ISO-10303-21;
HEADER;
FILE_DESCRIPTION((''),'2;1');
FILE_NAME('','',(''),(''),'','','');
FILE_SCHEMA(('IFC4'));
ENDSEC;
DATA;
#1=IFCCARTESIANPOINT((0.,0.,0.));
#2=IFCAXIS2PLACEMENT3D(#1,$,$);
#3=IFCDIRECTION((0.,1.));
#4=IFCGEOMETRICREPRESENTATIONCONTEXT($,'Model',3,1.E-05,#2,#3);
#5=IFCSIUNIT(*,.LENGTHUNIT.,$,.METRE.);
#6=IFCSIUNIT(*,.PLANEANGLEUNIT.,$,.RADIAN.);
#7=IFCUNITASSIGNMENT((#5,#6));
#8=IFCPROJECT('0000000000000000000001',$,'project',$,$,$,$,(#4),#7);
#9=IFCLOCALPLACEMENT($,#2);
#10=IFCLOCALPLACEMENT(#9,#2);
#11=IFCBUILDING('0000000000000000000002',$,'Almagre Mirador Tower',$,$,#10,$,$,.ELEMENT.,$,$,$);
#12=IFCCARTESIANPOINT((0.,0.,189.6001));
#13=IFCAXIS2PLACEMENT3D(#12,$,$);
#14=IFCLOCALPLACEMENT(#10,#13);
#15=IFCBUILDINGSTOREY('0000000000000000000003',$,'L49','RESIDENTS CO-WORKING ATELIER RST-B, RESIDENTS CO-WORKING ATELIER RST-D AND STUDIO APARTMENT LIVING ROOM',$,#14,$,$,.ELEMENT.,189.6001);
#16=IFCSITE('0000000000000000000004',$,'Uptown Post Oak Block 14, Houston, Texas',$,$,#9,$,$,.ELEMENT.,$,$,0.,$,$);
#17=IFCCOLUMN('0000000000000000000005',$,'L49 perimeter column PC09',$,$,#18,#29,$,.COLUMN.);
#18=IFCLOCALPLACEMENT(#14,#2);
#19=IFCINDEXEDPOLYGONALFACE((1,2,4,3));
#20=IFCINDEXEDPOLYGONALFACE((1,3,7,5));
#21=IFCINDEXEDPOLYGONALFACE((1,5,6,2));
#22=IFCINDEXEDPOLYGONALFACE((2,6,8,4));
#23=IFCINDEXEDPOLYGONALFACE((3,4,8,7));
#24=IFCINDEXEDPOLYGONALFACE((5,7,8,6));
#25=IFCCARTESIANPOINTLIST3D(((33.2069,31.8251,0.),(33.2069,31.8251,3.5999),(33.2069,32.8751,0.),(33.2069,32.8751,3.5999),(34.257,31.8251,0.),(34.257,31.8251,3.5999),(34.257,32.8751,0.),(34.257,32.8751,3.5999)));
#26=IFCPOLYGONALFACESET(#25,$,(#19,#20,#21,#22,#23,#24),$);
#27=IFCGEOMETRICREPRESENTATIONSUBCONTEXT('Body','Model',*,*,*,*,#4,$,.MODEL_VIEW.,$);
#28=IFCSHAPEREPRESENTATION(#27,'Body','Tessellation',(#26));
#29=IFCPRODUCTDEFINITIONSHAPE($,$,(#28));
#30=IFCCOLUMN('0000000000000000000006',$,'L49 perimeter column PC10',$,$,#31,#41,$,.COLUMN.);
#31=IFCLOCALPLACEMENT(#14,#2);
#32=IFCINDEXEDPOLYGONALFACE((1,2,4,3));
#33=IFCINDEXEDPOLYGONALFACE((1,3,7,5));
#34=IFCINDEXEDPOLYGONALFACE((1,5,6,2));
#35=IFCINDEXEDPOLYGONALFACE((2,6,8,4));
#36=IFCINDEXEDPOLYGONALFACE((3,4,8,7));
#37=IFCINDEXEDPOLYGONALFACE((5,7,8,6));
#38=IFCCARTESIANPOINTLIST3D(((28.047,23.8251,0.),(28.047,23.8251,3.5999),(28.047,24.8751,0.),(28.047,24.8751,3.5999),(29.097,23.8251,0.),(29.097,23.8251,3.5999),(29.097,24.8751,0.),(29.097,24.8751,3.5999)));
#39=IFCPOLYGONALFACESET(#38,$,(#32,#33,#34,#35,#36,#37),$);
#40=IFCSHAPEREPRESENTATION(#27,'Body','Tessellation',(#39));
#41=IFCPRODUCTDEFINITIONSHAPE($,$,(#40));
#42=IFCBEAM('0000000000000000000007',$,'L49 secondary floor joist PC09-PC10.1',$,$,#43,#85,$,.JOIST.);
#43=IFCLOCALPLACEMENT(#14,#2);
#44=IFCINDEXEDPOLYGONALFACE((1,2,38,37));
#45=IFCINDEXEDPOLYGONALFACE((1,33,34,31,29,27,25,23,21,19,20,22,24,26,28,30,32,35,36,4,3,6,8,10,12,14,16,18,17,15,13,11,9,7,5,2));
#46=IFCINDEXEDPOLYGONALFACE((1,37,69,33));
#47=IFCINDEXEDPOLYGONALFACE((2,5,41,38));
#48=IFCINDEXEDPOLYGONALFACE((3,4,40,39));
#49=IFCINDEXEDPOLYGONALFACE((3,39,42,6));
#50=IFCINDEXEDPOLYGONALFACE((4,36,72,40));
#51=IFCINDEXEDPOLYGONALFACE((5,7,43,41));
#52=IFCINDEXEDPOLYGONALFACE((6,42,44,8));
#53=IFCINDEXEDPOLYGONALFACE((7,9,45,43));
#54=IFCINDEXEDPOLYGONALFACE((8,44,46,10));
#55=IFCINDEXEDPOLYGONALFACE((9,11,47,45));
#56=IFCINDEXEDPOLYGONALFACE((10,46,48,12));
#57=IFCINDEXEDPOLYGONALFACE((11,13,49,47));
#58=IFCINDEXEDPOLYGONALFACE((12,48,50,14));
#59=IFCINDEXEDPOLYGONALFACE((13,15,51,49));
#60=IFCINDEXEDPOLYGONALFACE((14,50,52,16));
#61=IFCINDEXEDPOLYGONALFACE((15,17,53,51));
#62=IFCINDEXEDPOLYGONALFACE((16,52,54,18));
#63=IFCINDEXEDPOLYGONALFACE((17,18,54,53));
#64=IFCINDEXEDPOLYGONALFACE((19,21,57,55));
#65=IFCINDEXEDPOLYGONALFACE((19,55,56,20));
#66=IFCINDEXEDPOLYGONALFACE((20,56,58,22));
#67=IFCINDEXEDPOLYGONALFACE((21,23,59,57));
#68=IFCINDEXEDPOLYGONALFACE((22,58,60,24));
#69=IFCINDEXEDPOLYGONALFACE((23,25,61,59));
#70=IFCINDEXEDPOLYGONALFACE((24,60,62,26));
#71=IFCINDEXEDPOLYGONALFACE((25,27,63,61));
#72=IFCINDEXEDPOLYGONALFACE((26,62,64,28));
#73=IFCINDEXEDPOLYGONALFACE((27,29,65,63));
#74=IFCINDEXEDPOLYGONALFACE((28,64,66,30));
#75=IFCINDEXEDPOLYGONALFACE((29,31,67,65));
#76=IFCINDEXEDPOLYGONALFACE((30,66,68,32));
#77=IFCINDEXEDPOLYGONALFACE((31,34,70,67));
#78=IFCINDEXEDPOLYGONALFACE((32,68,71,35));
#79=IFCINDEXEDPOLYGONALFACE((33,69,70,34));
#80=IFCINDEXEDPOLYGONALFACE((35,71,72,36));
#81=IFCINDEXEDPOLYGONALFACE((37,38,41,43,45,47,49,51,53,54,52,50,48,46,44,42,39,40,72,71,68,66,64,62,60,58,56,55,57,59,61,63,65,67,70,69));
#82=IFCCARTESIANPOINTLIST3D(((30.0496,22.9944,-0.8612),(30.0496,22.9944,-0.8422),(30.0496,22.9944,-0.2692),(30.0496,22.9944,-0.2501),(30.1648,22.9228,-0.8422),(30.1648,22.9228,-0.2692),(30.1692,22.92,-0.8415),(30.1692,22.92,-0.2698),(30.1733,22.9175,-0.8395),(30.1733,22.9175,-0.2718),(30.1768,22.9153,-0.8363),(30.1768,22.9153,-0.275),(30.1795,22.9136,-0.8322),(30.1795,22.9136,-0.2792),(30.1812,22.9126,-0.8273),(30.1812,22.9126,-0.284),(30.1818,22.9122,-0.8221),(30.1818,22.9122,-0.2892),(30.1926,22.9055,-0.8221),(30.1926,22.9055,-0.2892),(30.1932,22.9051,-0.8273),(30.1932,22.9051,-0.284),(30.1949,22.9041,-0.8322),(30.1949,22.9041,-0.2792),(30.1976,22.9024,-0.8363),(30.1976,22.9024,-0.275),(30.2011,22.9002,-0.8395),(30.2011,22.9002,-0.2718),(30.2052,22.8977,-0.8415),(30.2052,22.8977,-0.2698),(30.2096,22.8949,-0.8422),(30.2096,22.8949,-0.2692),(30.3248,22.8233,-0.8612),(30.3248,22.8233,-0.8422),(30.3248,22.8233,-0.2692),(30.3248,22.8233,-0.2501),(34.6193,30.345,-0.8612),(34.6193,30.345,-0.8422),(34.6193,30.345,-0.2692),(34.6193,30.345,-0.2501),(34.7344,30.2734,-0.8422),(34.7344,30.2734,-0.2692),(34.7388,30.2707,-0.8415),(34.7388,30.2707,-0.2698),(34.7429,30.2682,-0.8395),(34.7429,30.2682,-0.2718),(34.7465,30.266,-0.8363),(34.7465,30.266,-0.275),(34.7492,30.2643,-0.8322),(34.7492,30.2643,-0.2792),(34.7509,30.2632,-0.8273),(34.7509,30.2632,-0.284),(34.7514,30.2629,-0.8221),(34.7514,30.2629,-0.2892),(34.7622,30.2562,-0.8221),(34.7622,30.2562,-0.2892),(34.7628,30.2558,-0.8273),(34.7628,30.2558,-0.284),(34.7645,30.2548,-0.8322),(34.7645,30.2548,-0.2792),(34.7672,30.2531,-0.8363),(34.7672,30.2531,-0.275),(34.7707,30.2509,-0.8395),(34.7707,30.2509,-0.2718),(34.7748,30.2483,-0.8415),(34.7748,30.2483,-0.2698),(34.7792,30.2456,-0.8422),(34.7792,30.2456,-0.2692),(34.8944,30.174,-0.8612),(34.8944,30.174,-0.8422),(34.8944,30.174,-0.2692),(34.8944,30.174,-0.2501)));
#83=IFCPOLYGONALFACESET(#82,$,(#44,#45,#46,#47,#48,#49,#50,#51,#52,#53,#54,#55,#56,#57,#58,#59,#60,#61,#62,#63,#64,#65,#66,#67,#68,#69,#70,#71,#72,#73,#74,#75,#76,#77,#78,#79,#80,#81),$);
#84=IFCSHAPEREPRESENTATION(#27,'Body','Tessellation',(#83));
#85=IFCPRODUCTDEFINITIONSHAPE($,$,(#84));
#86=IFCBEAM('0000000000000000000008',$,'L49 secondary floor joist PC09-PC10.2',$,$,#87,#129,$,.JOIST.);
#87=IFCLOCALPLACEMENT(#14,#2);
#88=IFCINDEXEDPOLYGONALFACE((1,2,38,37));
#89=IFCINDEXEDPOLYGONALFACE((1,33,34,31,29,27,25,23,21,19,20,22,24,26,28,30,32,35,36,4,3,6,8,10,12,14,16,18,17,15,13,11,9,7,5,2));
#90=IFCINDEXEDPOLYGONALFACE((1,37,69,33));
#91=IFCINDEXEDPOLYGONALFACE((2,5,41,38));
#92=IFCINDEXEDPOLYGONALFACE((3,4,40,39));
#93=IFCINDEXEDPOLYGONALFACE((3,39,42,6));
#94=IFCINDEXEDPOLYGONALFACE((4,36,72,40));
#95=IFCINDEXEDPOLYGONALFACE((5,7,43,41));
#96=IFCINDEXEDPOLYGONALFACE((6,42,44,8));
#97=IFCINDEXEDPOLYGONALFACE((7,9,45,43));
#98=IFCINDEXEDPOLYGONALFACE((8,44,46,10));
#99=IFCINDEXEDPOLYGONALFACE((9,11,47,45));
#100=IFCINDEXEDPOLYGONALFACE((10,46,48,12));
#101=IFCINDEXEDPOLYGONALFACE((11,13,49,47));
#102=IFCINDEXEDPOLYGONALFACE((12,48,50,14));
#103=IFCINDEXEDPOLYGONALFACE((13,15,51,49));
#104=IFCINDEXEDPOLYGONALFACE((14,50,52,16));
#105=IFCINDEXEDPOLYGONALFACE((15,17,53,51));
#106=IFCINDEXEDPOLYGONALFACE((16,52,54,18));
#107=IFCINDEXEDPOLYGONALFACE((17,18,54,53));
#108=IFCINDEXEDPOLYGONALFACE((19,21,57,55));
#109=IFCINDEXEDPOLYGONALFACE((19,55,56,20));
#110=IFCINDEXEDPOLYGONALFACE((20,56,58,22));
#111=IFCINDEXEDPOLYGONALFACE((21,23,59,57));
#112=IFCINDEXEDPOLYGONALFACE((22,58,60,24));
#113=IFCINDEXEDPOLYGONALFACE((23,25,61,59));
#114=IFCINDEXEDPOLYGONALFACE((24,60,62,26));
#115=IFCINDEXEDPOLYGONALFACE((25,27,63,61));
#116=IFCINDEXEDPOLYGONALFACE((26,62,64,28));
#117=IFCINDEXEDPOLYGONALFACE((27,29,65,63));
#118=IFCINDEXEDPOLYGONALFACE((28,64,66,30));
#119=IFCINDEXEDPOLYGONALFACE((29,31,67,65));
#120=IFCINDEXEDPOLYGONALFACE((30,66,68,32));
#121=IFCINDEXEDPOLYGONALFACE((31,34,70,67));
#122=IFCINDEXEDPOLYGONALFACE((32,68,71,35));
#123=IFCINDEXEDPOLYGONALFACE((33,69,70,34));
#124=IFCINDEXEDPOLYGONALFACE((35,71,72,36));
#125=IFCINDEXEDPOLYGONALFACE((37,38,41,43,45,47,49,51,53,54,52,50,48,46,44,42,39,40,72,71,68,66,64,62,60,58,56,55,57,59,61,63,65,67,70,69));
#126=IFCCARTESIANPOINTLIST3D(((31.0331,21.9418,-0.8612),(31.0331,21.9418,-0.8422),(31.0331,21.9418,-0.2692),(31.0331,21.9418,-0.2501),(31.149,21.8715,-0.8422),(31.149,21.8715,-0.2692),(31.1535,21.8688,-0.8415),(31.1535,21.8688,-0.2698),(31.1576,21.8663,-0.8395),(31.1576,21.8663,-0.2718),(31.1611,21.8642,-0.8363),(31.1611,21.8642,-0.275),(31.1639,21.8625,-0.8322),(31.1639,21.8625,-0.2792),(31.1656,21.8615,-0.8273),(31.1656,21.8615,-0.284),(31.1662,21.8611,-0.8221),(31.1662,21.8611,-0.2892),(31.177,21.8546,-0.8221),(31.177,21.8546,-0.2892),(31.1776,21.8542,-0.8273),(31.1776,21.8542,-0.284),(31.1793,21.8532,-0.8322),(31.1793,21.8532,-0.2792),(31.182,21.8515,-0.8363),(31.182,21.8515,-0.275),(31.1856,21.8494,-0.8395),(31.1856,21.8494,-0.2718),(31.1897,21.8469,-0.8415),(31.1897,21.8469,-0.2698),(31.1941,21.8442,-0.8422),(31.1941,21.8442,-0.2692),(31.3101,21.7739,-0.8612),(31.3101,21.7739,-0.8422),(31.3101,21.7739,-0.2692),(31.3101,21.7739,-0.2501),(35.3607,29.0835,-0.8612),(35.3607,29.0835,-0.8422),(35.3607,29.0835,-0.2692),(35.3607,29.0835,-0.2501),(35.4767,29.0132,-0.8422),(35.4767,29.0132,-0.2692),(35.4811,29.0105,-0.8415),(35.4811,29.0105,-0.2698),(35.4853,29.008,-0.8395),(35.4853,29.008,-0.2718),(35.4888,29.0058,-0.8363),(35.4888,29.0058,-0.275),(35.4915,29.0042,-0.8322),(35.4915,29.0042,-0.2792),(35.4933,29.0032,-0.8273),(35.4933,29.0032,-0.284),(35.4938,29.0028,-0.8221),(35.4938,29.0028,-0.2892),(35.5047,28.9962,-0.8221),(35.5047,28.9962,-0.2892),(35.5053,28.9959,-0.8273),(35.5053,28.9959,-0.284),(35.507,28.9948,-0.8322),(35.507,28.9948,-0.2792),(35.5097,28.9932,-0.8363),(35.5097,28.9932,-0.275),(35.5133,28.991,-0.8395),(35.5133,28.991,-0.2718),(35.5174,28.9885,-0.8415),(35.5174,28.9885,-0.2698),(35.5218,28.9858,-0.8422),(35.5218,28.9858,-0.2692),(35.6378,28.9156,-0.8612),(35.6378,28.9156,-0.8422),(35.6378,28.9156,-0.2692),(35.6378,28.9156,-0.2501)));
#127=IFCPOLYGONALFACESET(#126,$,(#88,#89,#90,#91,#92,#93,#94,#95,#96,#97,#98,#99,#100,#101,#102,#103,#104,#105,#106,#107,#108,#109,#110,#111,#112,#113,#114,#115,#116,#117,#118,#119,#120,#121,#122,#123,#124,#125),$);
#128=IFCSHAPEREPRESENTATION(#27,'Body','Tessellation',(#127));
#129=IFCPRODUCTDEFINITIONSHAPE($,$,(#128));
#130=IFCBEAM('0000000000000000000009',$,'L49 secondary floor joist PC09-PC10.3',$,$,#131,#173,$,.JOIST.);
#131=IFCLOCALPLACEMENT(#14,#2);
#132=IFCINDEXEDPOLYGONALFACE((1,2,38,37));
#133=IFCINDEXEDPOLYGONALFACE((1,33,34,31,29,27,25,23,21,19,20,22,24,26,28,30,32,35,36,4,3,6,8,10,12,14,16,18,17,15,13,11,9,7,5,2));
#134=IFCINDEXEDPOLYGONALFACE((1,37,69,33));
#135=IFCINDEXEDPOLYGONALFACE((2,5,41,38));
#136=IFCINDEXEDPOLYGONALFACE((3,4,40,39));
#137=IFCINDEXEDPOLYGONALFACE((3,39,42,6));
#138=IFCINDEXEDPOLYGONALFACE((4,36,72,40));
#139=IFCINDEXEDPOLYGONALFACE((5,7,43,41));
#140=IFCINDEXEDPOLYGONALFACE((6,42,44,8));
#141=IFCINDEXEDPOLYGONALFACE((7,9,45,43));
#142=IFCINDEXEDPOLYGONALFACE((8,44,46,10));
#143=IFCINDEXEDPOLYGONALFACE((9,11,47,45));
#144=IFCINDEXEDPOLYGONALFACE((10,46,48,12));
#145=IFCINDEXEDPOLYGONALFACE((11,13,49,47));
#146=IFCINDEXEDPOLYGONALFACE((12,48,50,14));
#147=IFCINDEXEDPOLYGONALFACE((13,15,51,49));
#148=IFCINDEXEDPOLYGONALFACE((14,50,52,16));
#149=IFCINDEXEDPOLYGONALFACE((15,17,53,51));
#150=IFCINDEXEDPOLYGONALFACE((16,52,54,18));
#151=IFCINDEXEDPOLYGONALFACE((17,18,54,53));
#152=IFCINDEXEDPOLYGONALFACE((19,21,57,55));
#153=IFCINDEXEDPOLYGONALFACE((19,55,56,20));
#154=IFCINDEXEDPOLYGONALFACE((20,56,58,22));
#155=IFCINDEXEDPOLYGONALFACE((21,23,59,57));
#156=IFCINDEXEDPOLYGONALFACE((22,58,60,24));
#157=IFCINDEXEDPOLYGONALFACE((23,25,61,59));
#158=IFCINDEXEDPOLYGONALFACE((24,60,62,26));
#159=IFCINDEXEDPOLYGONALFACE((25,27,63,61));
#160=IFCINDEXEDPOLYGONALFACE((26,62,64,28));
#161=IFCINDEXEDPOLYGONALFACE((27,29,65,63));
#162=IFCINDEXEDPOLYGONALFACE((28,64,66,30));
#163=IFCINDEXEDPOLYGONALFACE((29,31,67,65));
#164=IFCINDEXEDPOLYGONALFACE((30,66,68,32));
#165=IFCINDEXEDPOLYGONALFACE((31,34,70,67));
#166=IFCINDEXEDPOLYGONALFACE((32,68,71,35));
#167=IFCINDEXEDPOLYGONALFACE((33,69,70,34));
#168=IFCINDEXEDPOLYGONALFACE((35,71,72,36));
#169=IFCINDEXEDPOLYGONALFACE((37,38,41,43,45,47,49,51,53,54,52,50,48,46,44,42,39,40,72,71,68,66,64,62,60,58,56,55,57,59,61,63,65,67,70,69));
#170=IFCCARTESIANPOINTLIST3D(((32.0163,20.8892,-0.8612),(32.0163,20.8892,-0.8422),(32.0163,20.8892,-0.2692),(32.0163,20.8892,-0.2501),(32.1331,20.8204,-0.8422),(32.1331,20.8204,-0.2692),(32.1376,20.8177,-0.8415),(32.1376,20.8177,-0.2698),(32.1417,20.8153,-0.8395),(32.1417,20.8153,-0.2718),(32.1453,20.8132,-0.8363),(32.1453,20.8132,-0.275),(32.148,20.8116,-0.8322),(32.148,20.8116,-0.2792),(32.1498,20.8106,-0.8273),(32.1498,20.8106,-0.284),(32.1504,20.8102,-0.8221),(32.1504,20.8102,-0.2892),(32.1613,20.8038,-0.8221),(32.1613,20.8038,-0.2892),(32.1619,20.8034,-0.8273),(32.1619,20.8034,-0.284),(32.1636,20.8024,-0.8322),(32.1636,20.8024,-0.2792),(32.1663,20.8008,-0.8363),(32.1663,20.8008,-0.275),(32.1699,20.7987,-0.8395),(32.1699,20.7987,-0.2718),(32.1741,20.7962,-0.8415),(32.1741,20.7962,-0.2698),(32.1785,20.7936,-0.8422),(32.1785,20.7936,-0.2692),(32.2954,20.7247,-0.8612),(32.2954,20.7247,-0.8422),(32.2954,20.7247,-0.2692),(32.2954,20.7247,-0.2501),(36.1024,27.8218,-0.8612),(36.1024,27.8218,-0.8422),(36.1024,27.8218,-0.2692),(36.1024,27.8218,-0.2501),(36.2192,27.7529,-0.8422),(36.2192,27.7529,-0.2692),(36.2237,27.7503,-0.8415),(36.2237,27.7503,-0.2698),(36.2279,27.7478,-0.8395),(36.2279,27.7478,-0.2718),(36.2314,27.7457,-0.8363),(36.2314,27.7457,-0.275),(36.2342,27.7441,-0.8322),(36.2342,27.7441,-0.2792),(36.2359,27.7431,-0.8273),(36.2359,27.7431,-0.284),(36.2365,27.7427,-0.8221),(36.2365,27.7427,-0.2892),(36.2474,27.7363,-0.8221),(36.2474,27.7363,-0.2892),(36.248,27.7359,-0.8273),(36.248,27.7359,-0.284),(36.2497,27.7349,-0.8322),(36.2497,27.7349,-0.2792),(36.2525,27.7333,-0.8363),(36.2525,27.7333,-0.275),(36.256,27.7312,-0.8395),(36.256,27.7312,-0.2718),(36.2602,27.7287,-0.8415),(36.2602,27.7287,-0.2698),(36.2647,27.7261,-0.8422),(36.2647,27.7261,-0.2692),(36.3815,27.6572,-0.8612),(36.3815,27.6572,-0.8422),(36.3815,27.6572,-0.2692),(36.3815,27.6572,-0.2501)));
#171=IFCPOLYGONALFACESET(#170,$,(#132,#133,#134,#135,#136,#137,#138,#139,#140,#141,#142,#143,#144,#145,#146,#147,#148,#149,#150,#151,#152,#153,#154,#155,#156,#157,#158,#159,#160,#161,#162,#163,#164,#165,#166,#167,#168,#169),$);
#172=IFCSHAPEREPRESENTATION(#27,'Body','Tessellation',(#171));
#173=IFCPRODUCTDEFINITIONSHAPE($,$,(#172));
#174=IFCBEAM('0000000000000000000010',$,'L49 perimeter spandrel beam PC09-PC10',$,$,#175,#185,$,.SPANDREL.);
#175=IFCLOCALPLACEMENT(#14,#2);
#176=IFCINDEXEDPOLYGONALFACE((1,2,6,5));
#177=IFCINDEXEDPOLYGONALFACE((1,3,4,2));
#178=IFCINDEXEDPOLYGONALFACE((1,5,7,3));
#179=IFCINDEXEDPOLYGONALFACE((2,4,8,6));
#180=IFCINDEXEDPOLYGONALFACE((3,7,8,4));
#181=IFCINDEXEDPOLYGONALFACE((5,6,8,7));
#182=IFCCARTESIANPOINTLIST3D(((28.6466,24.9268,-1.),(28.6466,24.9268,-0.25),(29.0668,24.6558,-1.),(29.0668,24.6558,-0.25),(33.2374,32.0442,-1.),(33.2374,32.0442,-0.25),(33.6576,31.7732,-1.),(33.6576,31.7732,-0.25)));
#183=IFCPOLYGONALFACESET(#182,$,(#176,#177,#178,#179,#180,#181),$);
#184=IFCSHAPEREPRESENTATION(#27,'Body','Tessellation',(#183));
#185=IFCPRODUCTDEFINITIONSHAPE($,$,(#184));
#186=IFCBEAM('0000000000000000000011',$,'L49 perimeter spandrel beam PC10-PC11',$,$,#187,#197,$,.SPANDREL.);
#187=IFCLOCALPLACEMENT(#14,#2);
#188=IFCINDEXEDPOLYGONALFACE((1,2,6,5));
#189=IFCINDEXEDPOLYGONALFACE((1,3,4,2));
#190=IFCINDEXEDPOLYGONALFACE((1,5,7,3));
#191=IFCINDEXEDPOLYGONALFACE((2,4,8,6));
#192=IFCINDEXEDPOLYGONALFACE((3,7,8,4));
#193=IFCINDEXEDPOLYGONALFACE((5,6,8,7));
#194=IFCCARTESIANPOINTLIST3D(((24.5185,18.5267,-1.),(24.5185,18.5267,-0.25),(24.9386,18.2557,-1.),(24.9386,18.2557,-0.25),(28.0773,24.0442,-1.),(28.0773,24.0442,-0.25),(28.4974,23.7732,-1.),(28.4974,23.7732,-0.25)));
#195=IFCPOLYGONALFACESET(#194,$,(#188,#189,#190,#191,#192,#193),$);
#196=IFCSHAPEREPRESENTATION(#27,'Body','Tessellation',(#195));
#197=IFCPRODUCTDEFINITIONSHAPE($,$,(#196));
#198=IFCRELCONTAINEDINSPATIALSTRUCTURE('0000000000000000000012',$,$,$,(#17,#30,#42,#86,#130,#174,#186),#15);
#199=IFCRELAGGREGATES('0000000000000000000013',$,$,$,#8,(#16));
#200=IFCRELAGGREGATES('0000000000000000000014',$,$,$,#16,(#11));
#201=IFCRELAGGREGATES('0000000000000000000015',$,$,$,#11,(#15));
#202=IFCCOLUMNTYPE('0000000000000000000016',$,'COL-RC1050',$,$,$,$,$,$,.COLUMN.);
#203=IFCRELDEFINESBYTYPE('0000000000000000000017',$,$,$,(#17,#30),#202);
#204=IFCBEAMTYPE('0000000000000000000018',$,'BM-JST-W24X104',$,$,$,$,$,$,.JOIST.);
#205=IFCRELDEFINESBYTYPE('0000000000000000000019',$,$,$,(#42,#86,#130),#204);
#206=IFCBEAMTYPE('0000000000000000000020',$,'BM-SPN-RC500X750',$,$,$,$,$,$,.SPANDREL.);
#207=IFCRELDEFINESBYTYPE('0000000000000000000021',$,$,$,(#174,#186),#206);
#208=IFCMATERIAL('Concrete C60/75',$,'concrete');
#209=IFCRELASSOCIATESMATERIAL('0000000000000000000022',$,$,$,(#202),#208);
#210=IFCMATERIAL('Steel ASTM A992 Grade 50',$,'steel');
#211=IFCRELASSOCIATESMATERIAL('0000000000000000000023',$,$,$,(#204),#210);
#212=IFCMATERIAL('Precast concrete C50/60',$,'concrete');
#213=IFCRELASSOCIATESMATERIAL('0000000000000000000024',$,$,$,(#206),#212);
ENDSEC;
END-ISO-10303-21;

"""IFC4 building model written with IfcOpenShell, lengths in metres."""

from ifc_helpers import new_model, si_unit, direction, frame, origin, origin_2d, place, context, subcontext, project, spatial, rectangle, i_section, extrude, material, material_profile, profile_set, type_object, element, save


model = new_model("IFC4")

# Units and contexts
model_context = context("Model", 3, precision=1e-05, world=origin(), true_north=direction((0.0, 1.0)))
body_context = subcontext(model_context, "Body", "Model", "MODEL_VIEW")
ifc_project = project(units=[si_unit("LENGTHUNIT", "METRE"), si_unit("PLANEANGLEUNIT", "RADIAN")], contexts=[model_context])

# Site, building, storey
site_placement = place(None, origin())
site = spatial("IfcSite", under=ifc_project, at=site_placement, Name="Uptown Post Oak Block 14, Houston, Texas", CompositionType="ELEMENT", RefElevation=0.0)
building_placement = place(site_placement, origin())
building = spatial("IfcBuilding", under=site, at=building_placement, Name="Almagre Mirador Tower", CompositionType="ELEMENT")
storey_placement = place(building_placement, frame((0.0, 0.0, 189.6001)))
storey = spatial("IfcBuildingStorey", under=building, at=storey_placement, Name="L49", Description="RESIDENTS CO-WORKING ATELIER RST-B, RESIDENTS CO-WORKING ATELIER RST-D AND STUDIO APARTMENT LIVING ROOM", CompositionType="ELEMENT", Elevation=189.6001)

# Columns
ifc_material_1 = material(Name="Concrete C60/75", Category="concrete")
ifc_material_profile_1 = material_profile(ifc_material_1, rectangle(XDim=1.05, YDim=1.05, at=origin_2d()), Name="RC1050X1050")
ifc_profile_set_1 = profile_set([ifc_material_profile_1], Name="Concrete C60/75")
column_type = type_object("IfcColumnType", Name="COL-RC1050", PredefinedType="COLUMN", material=ifc_profile_set_1)
for number, where, z_axis, x_axis, name in (
    (1, (33.7319, 32.3501, 0.0), (0.0, 0.0, 1.0), (1.0, 0.0, 0.0), "L49 perimeter column PC09"),
    (2, (28.572, 24.3501, 0.0), (0.0, 0.0, 1.0), (1.0, 0.0, 0.0), "L49 perimeter column PC10"),
):
    element("IfcColumn", number, at=place(storey_placement, frame(where, z_axis=z_axis, x_axis=x_axis)), inside=storey, type_object=column_type, Name=name, PredefinedType="COLUMN", context=body_context, shape_type="SweptSolid", body=[
        extrude(rectangle(XDim=1.05, YDim=1.05, at=origin_2d()), origin(), (0.0, 0.0, 1.0), 3.5999),
    ])

# Beams
ifc_material_2 = material(Name="Steel ASTM A992 Grade 50", Category="steel")
ifc_material_profile_2 = material_profile(ifc_material_2, i_section(OverallWidth=0.324, OverallDepth=0.6111, WebThickness=0.0127, FlangeThickness=0.019, FilletRadius=0.02, at=origin_2d()), Name="W24X104")
ifc_profile_set_2 = profile_set([ifc_material_profile_2], Name="Steel ASTM A992 Grade 50")
beam_type_1 = type_object("IfcBeamType", Name="BM-JST-W24X104", PredefinedType="JOIST", material=ifc_profile_set_2)
beam_1_placement = place(storey_placement, frame((34.7568, 30.2595, -0.5557), z_axis=(-0.527959, -0.84927, 0.0), x_axis=(0.84927, -0.527959, 0.0)))
element("IfcBeam", 3, at=beam_1_placement, inside=storey, type_object=beam_type_1, Name="L49 secondary floor joist PC09-PC10.1", PredefinedType="JOIST", context=body_context, shape_type="SweptSolid", body=[
    extrude(i_section(OverallWidth=0.324, OverallDepth=0.6111, WebThickness=0.0127, FlangeThickness=0.019, FilletRadius=0.02, at=origin_2d()), origin(), (0.0, 0.0, 1.0), 8.6553),
])
beam_2_placement = place(storey_placement, frame((35.4993, 28.9995, -0.5557), z_axis=(-0.518249, -0.85523, 0.0), x_axis=(0.85523, -0.518249, 0.0)))
element("IfcBeam", 4, at=beam_2_placement, inside=storey, type_object=beam_type_1, Name="L49 secondary floor joist PC09-PC10.2", PredefinedType="JOIST", context=body_context, shape_type="SweptSolid", body=[
    extrude(i_section(OverallWidth=0.324, OverallDepth=0.6111, WebThickness=0.0127, FlangeThickness=0.019, FilletRadius=0.02, at=origin_2d()), origin(), (0.0, 0.0, 1.0), 8.3506),
])
beam_3_placement = place(storey_placement, frame((36.2419, 27.7395, -0.5557), z_axis=(-0.507774, -0.86149, 0.0), x_axis=(0.86149, -0.507774, 0.0)))
element("IfcBeam", 5, at=beam_3_placement, inside=storey, type_object=beam_type_1, Name="L49 secondary floor joist PC09-PC10.3", PredefinedType="JOIST", context=body_context, shape_type="SweptSolid", body=[
    extrude(i_section(OverallWidth=0.324, OverallDepth=0.6111, WebThickness=0.0127, FlangeThickness=0.019, FilletRadius=0.02, at=origin_2d()), origin(), (0.0, 0.0, 1.0), 8.0471),
])
ifc_material_3 = material(Name="Precast concrete C50/60", Category="concrete")
ifc_material_profile_3 = material_profile(ifc_material_3, rectangle(XDim=0.5, YDim=0.75, at=origin_2d()), Name="RC500X750")
ifc_profile_set_3 = profile_set([ifc_material_profile_3], Name="Precast concrete C50/60")
beam_type_2 = type_object("IfcBeamType", Name="BM-SPN-RC500X750", PredefinedType="SPANDREL", material=ifc_profile_set_3)
beam_4_placement = place(storey_placement, frame((33.4475, 31.9087, -0.625), z_axis=(-0.542038, -0.840354, 0.0), x_axis=(0.840354, -0.542038, 0.0)))
element("IfcBeam", 6, at=beam_4_placement, inside=storey, type_object=beam_type_2, Name="L49 perimeter spandrel beam PC09-PC10", PredefinedType="SPANDREL", context=body_context, shape_type="SweptSolid", body=[
    extrude(rectangle(XDim=0.5, YDim=0.75, at=origin_2d()), origin(), (0.0, 0.0, 1.0), 8.4695),
])
beam_5_placement = place(storey_placement, frame((28.2874, 23.9087, -0.625), z_axis=(-0.542031, -0.840358, 0.0), x_axis=(0.840358, -0.542031, 0.0)))
element("IfcBeam", 7, at=beam_5_placement, inside=storey, type_object=beam_type_2, Name="L49 perimeter spandrel beam PC10-PC11", PredefinedType="SPANDREL", context=body_context, shape_type="SweptSolid", body=[
    extrude(rectangle(XDim=0.5, YDim=0.75, at=origin_2d()), origin(), (0.0, 0.0, 1.0), 6.5657),
])

save(model, "model.ifc")
